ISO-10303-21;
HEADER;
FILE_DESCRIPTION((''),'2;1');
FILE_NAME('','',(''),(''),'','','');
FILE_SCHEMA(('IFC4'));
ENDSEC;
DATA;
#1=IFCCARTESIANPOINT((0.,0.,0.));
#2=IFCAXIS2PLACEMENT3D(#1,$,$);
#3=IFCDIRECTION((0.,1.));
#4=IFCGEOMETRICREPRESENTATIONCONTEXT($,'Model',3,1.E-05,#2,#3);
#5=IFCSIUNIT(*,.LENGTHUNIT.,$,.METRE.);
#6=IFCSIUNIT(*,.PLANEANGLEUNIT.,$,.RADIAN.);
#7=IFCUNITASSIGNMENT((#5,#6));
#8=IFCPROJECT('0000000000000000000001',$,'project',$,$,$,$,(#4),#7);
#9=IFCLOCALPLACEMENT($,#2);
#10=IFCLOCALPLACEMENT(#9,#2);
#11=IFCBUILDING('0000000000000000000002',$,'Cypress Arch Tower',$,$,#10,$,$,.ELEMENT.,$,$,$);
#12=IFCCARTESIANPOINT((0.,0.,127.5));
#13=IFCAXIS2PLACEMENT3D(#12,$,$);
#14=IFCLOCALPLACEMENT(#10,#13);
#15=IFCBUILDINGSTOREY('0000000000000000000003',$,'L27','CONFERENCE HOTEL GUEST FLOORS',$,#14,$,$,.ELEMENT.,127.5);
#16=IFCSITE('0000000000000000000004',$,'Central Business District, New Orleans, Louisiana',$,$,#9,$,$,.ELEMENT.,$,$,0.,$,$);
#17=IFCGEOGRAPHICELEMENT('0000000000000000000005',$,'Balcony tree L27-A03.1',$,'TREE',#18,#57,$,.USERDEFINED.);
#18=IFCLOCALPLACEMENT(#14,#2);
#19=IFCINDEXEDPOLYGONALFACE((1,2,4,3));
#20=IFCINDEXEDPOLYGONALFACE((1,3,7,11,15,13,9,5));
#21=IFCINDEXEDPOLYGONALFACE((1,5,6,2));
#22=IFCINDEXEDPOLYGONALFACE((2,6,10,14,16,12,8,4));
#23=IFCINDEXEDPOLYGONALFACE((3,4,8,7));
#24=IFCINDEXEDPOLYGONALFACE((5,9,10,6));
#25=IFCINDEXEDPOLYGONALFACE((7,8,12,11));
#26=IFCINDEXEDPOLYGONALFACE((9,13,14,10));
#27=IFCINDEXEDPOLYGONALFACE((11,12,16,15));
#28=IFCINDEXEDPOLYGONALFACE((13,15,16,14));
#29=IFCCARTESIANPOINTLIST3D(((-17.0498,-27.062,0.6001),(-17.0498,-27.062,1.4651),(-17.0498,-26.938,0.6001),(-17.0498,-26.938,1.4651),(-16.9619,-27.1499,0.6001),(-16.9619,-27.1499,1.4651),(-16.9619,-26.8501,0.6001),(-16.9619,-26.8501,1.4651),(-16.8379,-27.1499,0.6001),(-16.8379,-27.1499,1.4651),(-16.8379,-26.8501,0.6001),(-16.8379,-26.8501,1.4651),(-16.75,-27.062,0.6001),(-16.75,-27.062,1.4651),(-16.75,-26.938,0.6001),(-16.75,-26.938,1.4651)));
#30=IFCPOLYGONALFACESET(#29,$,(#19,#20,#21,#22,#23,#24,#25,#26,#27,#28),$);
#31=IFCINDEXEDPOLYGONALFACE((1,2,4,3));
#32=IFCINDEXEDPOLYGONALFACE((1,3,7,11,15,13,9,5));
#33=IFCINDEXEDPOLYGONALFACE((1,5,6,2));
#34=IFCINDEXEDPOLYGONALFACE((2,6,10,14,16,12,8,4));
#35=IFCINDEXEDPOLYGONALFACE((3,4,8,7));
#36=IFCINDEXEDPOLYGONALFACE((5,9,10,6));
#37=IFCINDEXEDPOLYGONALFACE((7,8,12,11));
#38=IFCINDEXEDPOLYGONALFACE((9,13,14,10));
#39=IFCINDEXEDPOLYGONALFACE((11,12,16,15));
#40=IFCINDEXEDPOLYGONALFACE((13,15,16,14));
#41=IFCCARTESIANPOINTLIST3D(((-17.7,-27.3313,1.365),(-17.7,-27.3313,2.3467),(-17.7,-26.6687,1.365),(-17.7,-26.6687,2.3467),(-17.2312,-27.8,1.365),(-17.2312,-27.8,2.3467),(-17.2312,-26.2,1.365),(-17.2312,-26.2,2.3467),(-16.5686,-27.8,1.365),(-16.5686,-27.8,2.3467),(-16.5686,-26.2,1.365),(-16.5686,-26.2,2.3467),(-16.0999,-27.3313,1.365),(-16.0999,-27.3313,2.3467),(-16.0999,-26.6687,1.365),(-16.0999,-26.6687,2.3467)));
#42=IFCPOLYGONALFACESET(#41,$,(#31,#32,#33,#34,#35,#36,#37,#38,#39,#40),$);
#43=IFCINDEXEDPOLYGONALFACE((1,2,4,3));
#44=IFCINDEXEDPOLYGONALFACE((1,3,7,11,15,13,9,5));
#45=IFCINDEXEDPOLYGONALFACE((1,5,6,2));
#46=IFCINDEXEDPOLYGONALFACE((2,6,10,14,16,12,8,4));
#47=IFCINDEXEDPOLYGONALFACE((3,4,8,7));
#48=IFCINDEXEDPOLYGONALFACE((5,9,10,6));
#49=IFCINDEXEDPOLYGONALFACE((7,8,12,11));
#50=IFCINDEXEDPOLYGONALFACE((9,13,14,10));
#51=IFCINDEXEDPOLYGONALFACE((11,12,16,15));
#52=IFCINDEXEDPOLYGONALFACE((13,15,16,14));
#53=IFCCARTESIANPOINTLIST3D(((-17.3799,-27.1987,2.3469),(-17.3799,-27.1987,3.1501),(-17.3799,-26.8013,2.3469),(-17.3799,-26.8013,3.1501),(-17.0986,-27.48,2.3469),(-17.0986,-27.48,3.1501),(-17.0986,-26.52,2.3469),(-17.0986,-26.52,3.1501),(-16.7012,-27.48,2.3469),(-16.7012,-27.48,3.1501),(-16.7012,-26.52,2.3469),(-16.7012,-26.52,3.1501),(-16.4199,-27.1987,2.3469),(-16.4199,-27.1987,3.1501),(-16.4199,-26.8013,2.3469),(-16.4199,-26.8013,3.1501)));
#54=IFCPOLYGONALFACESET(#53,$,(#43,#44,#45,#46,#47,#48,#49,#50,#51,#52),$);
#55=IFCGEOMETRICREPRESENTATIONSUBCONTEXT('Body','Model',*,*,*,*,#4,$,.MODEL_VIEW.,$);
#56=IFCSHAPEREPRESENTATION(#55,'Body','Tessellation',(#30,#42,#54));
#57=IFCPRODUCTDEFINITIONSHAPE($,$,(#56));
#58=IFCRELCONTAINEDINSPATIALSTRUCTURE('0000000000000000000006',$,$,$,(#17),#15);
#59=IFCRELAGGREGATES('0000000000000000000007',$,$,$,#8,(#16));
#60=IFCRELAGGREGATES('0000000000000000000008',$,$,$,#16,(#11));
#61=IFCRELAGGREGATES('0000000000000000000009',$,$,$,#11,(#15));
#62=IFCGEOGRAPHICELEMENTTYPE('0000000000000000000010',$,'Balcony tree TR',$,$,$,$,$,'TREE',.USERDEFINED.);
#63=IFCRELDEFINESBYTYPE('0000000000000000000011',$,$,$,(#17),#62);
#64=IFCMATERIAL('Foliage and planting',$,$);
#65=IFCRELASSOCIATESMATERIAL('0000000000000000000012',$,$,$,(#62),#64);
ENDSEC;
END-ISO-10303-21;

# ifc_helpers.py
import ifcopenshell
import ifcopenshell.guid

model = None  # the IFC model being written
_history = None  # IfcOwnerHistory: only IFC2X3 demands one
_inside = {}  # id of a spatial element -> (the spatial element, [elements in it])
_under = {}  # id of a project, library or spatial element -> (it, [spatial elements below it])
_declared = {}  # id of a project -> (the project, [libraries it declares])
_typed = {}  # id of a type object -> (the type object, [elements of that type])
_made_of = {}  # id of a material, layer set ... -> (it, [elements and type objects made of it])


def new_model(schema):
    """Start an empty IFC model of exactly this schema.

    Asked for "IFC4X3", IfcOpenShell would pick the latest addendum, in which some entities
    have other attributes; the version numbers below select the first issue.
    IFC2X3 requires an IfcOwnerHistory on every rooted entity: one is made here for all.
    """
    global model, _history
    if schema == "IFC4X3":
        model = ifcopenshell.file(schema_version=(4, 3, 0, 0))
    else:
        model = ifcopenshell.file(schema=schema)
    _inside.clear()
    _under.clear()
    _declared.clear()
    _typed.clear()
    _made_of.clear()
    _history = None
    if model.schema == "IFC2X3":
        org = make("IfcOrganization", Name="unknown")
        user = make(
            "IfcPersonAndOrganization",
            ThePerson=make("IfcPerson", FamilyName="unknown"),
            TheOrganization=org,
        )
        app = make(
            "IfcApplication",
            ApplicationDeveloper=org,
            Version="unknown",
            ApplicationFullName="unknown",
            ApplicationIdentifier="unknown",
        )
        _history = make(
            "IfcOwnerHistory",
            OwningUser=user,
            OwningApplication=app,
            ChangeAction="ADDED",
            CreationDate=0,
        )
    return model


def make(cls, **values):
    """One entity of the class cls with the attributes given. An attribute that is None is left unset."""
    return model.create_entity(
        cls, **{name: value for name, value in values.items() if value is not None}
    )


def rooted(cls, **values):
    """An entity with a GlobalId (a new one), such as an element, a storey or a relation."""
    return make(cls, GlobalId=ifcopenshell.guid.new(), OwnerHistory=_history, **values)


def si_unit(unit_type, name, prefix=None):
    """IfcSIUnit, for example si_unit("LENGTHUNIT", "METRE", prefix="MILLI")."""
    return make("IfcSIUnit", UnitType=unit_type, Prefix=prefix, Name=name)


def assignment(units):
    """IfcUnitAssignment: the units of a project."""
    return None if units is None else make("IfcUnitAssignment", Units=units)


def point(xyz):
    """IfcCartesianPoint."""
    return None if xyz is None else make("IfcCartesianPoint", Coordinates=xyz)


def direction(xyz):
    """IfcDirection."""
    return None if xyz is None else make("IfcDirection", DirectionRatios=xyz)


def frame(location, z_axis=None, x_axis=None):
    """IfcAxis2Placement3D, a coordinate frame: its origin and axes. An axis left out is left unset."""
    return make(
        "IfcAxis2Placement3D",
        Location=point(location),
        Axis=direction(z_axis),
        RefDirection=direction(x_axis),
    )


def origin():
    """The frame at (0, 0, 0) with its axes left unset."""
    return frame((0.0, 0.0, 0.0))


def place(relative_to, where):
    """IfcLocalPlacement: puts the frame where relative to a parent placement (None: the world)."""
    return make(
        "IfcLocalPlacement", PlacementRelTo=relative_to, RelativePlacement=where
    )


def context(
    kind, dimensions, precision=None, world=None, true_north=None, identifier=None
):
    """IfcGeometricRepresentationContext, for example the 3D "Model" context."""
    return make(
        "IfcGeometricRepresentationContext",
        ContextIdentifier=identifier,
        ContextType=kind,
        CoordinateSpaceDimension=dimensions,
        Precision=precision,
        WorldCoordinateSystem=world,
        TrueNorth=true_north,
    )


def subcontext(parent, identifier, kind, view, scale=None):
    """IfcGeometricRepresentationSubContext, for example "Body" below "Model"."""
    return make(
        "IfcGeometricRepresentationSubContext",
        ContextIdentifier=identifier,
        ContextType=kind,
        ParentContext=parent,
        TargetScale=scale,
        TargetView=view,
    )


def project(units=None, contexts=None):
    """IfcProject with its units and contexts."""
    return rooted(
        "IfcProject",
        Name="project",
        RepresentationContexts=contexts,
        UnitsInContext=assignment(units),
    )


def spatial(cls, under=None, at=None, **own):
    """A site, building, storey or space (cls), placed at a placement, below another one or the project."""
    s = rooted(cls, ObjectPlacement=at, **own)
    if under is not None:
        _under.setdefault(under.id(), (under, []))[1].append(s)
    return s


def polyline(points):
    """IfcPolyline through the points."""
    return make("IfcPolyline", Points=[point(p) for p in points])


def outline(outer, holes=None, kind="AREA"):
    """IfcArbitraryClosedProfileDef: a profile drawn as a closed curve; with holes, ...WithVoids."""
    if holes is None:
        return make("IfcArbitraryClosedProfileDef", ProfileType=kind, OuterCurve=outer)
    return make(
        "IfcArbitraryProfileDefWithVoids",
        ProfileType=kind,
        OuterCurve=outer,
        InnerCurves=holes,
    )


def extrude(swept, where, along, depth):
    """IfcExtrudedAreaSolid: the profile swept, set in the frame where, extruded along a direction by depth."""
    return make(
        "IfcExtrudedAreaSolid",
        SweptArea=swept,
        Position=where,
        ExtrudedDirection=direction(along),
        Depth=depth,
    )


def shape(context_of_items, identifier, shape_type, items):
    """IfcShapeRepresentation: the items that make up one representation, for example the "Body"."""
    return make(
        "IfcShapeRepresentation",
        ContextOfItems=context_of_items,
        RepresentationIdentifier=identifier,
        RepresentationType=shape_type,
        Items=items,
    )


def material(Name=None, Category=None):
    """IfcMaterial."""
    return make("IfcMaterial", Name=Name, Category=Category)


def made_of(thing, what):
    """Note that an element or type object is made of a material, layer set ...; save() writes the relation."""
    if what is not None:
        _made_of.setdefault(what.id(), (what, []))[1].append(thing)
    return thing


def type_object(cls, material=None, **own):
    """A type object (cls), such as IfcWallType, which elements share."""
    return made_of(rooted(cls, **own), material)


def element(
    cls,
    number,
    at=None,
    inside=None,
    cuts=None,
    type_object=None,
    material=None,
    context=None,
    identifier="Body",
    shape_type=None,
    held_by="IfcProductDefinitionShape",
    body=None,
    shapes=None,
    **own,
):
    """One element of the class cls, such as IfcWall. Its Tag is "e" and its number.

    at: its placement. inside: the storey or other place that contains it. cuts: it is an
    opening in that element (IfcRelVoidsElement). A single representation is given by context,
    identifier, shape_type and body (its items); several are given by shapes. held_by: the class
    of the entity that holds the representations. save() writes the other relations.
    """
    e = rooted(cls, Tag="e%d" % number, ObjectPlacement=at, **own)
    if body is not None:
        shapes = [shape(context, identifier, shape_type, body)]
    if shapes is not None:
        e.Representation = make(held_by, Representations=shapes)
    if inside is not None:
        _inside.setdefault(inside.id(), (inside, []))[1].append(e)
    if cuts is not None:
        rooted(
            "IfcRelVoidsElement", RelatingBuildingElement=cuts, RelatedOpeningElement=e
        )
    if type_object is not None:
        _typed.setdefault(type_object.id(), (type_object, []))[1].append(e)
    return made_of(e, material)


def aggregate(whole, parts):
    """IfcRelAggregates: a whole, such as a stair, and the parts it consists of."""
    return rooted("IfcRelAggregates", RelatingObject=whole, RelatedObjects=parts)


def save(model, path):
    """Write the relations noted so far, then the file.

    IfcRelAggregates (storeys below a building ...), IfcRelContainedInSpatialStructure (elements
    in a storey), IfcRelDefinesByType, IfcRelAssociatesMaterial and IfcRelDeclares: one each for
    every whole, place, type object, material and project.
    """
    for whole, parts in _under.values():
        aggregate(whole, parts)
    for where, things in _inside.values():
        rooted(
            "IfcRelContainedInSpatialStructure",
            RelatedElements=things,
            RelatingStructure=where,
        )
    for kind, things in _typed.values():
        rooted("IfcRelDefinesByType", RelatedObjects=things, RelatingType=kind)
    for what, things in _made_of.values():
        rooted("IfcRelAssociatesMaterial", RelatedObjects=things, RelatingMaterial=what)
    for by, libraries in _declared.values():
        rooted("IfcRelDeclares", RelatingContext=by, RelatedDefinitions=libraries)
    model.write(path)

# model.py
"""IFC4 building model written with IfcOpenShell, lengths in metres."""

from ifc_helpers import new_model, si_unit, direction, frame, origin, place, context, subcontext, project, spatial, polyline, outline, extrude, material, type_object, element, save


model = new_model("IFC4")

# Units and contexts
model_context = context("Model", 3, precision=1e-05, world=origin(), true_north=direction((0.0, 1.0)))
body_context = subcontext(model_context, "Body", "Model", "MODEL_VIEW")
ifc_project = project(units=[si_unit("LENGTHUNIT", "METRE"), si_unit("PLANEANGLEUNIT", "RADIAN")], contexts=[model_context])

# Site, building, storey
site_placement = place(None, origin())
site = spatial("IfcSite", under=ifc_project, at=site_placement, Name="Central Business District, New Orleans, Louisiana", CompositionType="ELEMENT", RefElevation=0.0)
building_placement = place(site_placement, origin())
building = spatial("IfcBuilding", under=site, at=building_placement, Name="Cypress Arch Tower", CompositionType="ELEMENT")
storey_placement = place(building_placement, frame((0.0, 0.0, 127.5)))
storey = spatial("IfcBuildingStorey", under=building, at=storey_placement, Name="L27", Description="CONFERENCE HOTEL GUEST FLOORS", CompositionType="ELEMENT", Elevation=127.5)

# Geographic element
ifc_material_1 = material(Name="Foliage and planting")
geographic_element_type = type_object("IfcGeographicElementType", Name="Balcony tree TR", ElementType="TREE", PredefinedType="USERDEFINED", material=ifc_material_1)
geographic_element_placement = place(storey_placement, frame((-16.8999, -27.0, 0.6001), z_axis=(0.0, 0.0, 1.0), x_axis=(1.0, 0.0, 0.0)))
element("IfcGeographicElement", 1, at=geographic_element_placement, inside=storey, type_object=geographic_element_type, Name="Balcony tree L27-A03.1", ObjectType="TREE", PredefinedType="USERDEFINED", context=body_context, shape_type="SweptSolid", body=[
    extrude(outline(polyline([(0.1499, 0.062), (0.062, 0.1499), (-0.062, 0.1499), (-0.1499, 0.062), (-0.1499, -0.062), (-0.062, -0.1499), (0.062, -0.1499), (0.1499, -0.062), (0.1499, 0.062)])), origin(), (0.0, 0.0, 1.0), 0.865),
    extrude(outline(polyline([(0.8, 0.3313), (0.3313, 0.8), (-0.3313, 0.8), (-0.8, 0.3313), (-0.8, -0.3313), (-0.3313, -0.8), (0.3313, -0.8), (0.8, -0.3313), (0.8, 0.3313)])), frame((0.0, 0.0, 0.7649)), (0.0, 0.0, 1.0), 0.9817),
    extrude(outline(polyline([(0.48, 0.1987), (0.1987, 0.48), (-0.1987, 0.48), (-0.48, 0.1987), (-0.48, -0.1987), (-0.1987, -0.48), (0.1987, -0.48), (0.48, -0.1987), (0.48, 0.1987)])), frame((0.0, 0.0, 1.7468)), (0.0, 0.0, 1.0), 0.8032),
])

save(model, "model.ifc")
